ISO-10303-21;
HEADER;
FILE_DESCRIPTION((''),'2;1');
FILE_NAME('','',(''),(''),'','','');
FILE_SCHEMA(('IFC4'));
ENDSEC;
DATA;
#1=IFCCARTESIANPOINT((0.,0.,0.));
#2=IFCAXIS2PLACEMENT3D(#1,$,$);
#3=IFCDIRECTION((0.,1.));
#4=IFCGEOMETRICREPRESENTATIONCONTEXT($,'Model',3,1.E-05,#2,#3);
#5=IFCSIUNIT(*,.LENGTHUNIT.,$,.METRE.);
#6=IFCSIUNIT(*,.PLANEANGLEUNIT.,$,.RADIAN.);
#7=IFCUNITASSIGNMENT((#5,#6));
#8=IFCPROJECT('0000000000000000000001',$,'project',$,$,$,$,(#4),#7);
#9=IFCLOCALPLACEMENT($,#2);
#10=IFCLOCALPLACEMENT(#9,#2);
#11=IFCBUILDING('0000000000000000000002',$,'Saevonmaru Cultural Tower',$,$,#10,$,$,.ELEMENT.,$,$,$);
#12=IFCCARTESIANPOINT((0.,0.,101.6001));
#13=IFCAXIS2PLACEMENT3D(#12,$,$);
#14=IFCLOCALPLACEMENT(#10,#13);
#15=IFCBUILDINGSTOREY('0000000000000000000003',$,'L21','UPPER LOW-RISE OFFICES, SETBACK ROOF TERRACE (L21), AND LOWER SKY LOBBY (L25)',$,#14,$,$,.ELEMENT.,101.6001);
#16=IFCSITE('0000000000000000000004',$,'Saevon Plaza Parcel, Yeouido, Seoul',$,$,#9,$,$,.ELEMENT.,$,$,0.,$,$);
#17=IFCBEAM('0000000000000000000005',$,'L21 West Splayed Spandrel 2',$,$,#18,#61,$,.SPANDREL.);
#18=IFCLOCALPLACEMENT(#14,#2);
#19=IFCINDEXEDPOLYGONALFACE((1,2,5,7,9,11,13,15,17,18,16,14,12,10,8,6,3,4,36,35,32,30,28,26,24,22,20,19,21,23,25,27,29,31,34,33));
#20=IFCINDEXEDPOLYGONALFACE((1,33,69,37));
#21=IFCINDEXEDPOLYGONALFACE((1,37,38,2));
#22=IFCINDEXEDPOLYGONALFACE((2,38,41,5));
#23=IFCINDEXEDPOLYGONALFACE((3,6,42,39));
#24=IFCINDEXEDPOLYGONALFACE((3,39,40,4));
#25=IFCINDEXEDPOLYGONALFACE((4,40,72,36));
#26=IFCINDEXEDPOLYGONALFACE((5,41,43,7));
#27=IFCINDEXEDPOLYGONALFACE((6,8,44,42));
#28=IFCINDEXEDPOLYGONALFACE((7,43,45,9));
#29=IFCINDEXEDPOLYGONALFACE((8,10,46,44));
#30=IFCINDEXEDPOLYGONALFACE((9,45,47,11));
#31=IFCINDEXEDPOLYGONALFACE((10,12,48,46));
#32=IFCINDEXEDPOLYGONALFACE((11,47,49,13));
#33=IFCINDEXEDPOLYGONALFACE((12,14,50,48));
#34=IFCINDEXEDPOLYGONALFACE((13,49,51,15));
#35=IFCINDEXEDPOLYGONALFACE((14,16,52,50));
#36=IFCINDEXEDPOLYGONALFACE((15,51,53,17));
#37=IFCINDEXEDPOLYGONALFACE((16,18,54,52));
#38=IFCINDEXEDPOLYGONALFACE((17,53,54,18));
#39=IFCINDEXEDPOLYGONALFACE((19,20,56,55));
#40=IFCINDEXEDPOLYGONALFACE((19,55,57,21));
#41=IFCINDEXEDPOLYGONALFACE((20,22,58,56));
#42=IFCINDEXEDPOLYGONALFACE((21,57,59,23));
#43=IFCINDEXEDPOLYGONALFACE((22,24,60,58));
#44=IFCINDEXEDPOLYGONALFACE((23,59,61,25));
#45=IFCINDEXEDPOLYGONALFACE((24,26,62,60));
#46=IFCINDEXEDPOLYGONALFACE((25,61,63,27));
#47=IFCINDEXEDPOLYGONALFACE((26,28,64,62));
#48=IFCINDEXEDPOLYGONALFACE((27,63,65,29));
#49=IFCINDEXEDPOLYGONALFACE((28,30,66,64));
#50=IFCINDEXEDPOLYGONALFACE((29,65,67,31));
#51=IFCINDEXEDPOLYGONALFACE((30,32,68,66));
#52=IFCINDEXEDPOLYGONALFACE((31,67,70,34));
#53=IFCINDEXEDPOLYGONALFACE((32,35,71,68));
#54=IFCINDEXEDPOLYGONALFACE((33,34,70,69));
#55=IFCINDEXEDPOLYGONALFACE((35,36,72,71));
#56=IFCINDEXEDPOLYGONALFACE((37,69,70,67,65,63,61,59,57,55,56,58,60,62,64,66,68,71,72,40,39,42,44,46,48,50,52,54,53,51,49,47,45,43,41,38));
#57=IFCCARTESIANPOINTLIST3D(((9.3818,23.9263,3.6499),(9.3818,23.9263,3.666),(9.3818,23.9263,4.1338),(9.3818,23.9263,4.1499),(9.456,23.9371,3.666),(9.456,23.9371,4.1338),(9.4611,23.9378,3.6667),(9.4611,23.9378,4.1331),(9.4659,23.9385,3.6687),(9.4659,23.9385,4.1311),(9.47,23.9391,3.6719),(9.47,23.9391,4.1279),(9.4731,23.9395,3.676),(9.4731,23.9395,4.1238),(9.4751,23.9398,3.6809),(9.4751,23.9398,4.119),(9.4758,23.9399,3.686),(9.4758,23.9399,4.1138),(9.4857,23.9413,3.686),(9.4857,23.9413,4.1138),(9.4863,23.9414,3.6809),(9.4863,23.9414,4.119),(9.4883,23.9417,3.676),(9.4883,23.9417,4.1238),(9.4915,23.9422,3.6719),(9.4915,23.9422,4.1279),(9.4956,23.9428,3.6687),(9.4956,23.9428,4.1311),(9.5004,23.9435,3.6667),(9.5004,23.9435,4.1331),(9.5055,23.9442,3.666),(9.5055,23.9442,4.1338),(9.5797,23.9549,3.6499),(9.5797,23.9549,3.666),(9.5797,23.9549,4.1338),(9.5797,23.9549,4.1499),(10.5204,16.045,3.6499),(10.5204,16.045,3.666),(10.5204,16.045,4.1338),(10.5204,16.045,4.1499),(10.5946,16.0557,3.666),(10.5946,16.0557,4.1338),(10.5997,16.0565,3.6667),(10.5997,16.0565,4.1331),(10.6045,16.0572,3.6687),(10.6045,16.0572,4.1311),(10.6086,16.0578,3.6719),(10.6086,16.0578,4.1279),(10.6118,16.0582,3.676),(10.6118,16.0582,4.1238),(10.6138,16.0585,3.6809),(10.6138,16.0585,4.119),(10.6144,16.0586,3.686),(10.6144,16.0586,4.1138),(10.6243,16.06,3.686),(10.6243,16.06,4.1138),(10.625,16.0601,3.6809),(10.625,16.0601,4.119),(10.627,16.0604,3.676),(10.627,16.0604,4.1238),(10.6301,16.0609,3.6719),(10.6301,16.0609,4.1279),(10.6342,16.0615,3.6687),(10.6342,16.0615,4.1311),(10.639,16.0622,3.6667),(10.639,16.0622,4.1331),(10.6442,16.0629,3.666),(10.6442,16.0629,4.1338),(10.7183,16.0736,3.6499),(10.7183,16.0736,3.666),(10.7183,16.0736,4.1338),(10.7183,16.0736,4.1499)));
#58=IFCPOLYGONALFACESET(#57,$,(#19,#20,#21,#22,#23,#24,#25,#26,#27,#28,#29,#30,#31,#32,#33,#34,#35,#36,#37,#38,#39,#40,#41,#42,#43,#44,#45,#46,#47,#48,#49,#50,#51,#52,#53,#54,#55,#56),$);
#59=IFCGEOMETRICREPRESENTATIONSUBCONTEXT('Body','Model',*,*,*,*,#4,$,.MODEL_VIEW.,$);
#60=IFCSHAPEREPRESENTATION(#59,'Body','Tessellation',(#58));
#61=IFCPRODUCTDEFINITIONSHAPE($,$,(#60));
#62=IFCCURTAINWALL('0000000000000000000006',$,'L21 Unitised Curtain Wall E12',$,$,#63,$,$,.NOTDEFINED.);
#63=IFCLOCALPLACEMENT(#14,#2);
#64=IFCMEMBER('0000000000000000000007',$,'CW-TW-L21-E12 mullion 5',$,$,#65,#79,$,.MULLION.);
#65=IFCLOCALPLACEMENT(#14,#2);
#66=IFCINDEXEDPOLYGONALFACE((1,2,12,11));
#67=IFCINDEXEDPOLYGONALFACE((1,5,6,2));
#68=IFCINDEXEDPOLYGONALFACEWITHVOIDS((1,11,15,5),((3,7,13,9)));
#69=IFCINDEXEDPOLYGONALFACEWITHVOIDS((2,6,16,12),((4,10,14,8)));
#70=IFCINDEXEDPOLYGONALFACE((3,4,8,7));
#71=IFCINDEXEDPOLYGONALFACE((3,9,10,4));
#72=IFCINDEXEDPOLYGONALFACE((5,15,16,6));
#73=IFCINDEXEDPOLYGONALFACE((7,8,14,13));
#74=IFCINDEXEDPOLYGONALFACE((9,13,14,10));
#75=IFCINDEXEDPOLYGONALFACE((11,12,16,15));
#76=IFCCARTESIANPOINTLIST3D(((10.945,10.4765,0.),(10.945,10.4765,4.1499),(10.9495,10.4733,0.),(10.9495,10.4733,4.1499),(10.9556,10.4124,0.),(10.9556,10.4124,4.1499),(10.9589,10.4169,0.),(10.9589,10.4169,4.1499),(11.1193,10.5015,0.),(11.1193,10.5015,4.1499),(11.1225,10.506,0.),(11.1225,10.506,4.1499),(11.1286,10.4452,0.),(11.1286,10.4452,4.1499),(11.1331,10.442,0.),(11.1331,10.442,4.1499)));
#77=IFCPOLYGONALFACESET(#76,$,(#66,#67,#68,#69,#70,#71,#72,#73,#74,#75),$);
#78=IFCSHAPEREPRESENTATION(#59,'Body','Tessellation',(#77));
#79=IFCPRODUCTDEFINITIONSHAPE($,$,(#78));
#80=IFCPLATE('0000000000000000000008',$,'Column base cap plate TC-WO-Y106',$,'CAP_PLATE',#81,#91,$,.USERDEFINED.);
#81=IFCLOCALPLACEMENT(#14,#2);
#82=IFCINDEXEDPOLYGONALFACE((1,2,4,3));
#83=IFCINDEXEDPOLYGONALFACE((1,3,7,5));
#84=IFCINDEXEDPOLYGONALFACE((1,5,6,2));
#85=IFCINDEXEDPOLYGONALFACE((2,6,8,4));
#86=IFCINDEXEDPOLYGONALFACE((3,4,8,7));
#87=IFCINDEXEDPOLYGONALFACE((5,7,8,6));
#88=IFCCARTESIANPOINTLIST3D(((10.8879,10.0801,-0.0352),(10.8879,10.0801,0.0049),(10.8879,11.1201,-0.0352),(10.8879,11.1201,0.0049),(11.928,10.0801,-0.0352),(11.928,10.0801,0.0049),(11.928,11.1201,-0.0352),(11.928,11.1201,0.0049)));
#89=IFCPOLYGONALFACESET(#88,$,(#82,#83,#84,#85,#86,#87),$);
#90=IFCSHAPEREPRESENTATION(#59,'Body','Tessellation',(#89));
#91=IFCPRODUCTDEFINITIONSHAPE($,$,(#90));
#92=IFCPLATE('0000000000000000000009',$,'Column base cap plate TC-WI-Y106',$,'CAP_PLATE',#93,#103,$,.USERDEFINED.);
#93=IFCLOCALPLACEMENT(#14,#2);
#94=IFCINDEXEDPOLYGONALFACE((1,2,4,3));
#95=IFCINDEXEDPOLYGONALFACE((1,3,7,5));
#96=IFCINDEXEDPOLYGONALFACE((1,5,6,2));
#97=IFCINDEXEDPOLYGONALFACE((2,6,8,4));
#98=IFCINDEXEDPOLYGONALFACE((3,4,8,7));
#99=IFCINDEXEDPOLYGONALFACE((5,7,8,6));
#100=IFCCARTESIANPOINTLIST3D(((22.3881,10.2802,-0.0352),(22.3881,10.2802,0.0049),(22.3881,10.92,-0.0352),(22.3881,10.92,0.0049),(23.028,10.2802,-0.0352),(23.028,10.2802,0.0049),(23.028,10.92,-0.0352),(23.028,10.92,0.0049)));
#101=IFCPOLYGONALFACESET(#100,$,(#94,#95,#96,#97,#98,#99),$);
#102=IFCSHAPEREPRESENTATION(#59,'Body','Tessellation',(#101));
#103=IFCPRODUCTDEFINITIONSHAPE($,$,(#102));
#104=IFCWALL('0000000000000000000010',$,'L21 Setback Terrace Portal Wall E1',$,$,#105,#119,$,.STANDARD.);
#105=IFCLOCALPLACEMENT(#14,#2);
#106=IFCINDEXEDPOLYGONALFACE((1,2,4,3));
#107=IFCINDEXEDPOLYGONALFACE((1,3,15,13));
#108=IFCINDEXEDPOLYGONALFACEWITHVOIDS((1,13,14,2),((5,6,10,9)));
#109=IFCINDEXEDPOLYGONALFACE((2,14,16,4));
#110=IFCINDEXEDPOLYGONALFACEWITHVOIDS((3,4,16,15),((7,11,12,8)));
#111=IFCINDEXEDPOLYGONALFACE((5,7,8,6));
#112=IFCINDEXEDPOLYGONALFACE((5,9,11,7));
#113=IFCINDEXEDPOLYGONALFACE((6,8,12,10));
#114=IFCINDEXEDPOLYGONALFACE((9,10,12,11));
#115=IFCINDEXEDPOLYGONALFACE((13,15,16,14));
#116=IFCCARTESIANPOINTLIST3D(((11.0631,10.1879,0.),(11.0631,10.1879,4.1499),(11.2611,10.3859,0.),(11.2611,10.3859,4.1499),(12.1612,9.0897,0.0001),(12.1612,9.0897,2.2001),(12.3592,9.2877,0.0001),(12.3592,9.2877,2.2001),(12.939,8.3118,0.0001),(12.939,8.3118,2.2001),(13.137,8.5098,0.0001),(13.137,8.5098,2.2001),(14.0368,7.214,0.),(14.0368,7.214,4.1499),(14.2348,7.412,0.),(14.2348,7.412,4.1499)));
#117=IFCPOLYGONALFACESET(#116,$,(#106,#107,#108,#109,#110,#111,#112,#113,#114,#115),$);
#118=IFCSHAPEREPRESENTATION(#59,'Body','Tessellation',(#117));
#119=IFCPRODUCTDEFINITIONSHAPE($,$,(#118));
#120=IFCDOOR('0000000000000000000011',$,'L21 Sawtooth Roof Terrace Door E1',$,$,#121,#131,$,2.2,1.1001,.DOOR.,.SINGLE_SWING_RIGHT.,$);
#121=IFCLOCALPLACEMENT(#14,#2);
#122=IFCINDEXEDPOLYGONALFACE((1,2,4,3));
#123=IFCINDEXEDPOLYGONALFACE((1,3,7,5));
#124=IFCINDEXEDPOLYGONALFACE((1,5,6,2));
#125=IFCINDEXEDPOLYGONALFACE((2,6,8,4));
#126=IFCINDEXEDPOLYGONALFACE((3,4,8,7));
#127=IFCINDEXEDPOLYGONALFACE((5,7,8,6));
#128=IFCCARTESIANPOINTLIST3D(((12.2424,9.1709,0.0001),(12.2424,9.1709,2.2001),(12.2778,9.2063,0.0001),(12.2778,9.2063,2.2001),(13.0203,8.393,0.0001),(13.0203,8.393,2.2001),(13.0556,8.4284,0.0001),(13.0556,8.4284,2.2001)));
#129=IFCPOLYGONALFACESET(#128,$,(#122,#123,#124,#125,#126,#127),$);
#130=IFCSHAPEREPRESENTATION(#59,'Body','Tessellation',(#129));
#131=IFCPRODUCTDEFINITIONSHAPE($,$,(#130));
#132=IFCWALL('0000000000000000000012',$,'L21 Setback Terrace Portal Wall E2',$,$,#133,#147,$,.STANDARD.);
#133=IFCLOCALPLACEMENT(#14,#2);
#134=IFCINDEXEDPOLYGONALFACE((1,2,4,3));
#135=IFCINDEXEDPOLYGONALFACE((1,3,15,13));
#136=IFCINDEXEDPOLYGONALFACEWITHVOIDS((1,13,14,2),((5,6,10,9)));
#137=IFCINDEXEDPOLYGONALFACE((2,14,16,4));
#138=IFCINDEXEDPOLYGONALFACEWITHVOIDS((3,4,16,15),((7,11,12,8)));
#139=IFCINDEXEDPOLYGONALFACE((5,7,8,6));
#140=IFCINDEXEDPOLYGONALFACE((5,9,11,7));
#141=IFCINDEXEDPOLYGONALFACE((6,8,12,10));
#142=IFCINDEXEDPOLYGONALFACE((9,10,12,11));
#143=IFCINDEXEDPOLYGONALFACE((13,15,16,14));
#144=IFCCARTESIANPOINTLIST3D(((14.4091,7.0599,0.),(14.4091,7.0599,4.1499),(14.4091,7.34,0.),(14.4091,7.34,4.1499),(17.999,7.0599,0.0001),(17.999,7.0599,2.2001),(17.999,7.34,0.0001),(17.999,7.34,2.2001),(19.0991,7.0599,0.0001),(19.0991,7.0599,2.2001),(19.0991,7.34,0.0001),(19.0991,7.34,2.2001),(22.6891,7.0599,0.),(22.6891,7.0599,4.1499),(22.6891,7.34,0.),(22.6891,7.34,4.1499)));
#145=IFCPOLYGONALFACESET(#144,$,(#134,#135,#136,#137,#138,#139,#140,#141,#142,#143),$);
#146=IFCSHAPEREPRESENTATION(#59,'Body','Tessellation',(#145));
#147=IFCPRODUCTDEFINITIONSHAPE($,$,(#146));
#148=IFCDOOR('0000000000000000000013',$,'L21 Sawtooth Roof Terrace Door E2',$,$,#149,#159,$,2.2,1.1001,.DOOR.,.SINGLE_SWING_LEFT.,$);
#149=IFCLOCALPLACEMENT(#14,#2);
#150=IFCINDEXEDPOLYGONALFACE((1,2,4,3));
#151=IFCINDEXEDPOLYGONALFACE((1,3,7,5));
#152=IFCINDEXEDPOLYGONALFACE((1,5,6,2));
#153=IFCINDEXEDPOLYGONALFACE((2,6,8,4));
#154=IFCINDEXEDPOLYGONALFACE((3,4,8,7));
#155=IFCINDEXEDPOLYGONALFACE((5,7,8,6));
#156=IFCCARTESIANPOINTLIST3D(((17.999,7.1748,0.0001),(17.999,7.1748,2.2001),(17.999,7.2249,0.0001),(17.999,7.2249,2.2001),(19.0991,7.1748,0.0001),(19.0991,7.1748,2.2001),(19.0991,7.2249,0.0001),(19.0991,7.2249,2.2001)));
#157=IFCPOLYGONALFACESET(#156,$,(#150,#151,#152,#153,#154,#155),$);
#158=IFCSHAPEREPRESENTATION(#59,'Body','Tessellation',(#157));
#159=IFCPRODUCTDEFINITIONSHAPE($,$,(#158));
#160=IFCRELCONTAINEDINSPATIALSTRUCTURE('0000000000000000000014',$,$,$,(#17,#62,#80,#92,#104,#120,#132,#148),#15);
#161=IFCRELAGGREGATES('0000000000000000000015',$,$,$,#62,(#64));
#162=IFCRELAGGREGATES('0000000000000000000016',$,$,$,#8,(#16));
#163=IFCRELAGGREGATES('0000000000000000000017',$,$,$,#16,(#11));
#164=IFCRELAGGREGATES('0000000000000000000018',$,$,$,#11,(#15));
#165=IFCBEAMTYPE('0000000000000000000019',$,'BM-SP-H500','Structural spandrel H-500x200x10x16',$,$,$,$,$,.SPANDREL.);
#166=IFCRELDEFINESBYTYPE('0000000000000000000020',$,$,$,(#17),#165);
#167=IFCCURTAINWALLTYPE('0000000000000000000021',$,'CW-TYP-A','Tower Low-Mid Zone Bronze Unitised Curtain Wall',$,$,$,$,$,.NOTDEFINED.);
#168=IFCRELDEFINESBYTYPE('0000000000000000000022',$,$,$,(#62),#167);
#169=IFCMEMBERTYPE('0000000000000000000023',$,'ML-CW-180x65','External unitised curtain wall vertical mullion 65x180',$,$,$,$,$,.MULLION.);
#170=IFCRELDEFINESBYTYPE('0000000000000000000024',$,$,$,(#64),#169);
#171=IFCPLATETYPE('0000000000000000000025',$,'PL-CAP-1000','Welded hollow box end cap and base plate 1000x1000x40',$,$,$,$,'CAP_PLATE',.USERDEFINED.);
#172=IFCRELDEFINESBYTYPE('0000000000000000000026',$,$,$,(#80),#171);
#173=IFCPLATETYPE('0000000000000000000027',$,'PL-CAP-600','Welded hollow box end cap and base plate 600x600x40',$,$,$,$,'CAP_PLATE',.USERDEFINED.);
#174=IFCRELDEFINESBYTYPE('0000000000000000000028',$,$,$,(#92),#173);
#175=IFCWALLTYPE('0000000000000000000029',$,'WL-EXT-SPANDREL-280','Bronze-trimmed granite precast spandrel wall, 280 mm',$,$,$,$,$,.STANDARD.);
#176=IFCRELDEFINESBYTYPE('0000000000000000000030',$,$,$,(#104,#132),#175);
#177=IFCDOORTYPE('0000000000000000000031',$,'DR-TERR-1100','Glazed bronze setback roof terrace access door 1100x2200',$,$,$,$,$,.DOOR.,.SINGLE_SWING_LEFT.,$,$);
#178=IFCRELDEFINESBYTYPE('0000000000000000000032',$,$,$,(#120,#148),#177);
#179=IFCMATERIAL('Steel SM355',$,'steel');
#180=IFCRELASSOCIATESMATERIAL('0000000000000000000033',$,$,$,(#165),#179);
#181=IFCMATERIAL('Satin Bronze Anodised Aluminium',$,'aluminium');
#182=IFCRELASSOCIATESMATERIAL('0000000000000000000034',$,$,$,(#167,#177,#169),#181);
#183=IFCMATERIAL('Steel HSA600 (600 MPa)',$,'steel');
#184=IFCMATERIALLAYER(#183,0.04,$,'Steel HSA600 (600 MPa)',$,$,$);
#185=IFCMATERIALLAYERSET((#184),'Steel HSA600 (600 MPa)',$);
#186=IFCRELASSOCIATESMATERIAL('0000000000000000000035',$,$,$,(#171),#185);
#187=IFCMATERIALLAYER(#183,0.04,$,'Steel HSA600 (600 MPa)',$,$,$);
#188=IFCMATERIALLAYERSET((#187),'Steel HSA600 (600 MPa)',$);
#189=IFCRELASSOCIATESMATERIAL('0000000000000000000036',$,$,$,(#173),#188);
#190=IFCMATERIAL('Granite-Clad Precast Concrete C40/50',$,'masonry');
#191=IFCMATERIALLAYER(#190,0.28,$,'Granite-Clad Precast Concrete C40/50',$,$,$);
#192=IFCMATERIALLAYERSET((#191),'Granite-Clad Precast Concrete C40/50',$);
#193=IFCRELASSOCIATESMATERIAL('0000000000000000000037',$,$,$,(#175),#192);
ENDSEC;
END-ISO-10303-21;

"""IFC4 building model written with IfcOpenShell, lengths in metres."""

from ifc_helpers import new_model, si_unit, direction, frame, frame_2d, origin, origin_2d, place, context, subcontext, project, spatial, rectangle, hollow_rectangle, i_section, extrude, material, layer, layer_set, material_profile, profile_set, type_object, element, fill, aggregate, save


model = new_model("IFC4")

# Units and contexts
model_context = context("Model", 3, precision=1e-05, world=origin(), true_north=direction((0.0, 1.0)))
body_context = subcontext(model_context, "Body", "Model", "MODEL_VIEW")
ifc_project = project(units=[si_unit("LENGTHUNIT", "METRE"), si_unit("PLANEANGLEUNIT", "RADIAN")], contexts=[model_context])

# Site, building, storey
site_placement = place(None, origin())
site = spatial("IfcSite", under=ifc_project, at=site_placement, Name="Saevon Plaza Parcel, Yeouido, Seoul", CompositionType="ELEMENT", RefElevation=0.0)
building_placement = place(site_placement, origin())
building = spatial("IfcBuilding", under=site, at=building_placement, Name="Saevonmaru Cultural Tower", CompositionType="ELEMENT")
storey_placement = place(building_placement, frame((0.0, 0.0, 101.6001)))
storey = spatial("IfcBuildingStorey", under=building, at=storey_placement, Name="L21", Description="UPPER LOW-RISE OFFICES, SETBACK ROOF TERRACE (L21), AND LOWER SKY LOBBY (L25)", CompositionType="ELEMENT", Elevation=101.6001)

# Shared definitions
ifc_material_1 = material(Name="Steel SM355", Category="steel")

# Beam
ifc_material_profile_1 = material_profile(ifc_material_1, i_section(OverallWidth=0.2, OverallDepth=0.5, WebThickness=0.01, FlangeThickness=0.0161, FilletRadius=0.02, at=origin_2d()), Name="H-500x200x10x16")
ifc_profile_set_1 = profile_set([ifc_material_profile_1], Name="Steel SM355")
beam_type_1 = type_object("IfcBeamType", Name="BM-SP-H500", Description="Structural spandrel H-500x200x10x16", PredefinedType="SPANDREL", material=ifc_profile_set_1)
beam_1_placement = place(storey_placement, frame((10.6194, 16.0593, 3.8999), z_axis=(-0.142992, 0.989724, 0.0), x_axis=(-0.989724, -0.142992, 0.0)))
element("IfcBeam", 1, at=beam_1_placement, inside=storey, type_object=beam_type_1, Name="L21 West Splayed Spandrel 2", PredefinedType="SPANDREL", context=body_context, shape_type="SweptSolid", body=[
    extrude(i_section(OverallWidth=0.2, OverallDepth=0.5, WebThickness=0.01, FlangeThickness=0.0161, FilletRadius=0.02, at=origin_2d()), origin(), (0.0, 0.0, 1.0), 7.9631),
])

# Curtain wall, member
ifc_material_2 = material(Name="Satin Bronze Anodised Aluminium", Category="aluminium")
curtain_wall_type = type_object("IfcCurtainWallType", Name="CW-TYP-A", Description="Tower Low-Mid Zone Bronze Unitised Curtain Wall", PredefinedType="NOTDEFINED", material=ifc_material_2)
curtain_wall_placement = place(storey_placement, origin())
curtain_wall = element("IfcCurtainWall", 2, at=curtain_wall_placement, inside=storey, type_object=curtain_wall_type, Name="L21 Unitised Curtain Wall E12", PredefinedType="NOTDEFINED")
ifc_material_profile_2 = material_profile(ifc_material_2, hollow_rectangle(XDim=0.0649, YDim=0.1799, WallThickness=0.0039, at=origin_2d()), Name="ALU-MULL-180x65x4")
ifc_profile_set_2 = profile_set([ifc_material_profile_2], Name="Satin Bronze Anodised Aluminium")
member_type = type_object("IfcMemberType", Name="ML-CW-180x65", Description="External unitised curtain wall vertical mullion 65x180", PredefinedType="MULLION", material=ifc_profile_set_2)
member_placement = place(storey_placement, frame((11.0391, 10.4592, 0.0), z_axis=(0.0, 0.0, 1.0), x_axis=(0.163999, -0.986461, 0.0)))
member = element("IfcMember", 3, at=member_placement, type_object=member_type, Name="CW-TW-L21-E12 mullion 5", PredefinedType="MULLION", context=body_context, shape_type="SweptSolid", body=[
    extrude(hollow_rectangle(XDim=0.0649, YDim=0.1799, WallThickness=0.0039, at=origin_2d()), origin(), (0.0, 0.0, 1.0), 4.1499),
])
aggregate(curtain_wall, [member])

# Plates
ifc_material_3 = material(Name="Steel HSA600 (600 MPa)", Category="steel")
ifc_layer_1 = layer(ifc_material_3, 0.04, Name="Steel HSA600 (600 MPa)")
ifc_layer_set_1 = layer_set([ifc_layer_1], Name="Steel HSA600 (600 MPa)")
plate_type_1 = type_object("IfcPlateType", Name="PL-CAP-1000", Description="Welded hollow box end cap and base plate 1000x1000x40", ElementType="CAP_PLATE", PredefinedType="USERDEFINED", material=ifc_layer_set_1)
plate_1_placement = place(storey_placement, frame((11.408, 10.6001, -0.0352), z_axis=(0.0, 0.0, 1.0), x_axis=(1.0, 0.0, 0.0)))
element("IfcPlate", 4, at=plate_1_placement, inside=storey, type_object=plate_type_1, Name="Column base cap plate TC-WO-Y106", ObjectType="CAP_PLATE", PredefinedType="USERDEFINED", context=body_context, shape_type="SweptSolid", body=[
    extrude(rectangle(XDim=1.04, YDim=1.04, at=origin_2d()), origin(), (0.0, 0.0, 1.0), 0.04),
])
ifc_layer_2 = layer(ifc_material_3, 0.04, Name="Steel HSA600 (600 MPa)")
ifc_layer_set_2 = layer_set([ifc_layer_2], Name="Steel HSA600 (600 MPa)")
plate_type_2 = type_object("IfcPlateType", Name="PL-CAP-600", Description="Welded hollow box end cap and base plate 600x600x40", ElementType="CAP_PLATE", PredefinedType="USERDEFINED", material=ifc_layer_set_2)
plate_2_placement = place(storey_placement, frame((22.708, 10.6001, -0.0352), z_axis=(0.0, 0.0, 1.0), x_axis=(1.0, 0.0, 0.0)))
element("IfcPlate", 5, at=plate_2_placement, inside=storey, type_object=plate_type_2, Name="Column base cap plate TC-WI-Y106", ObjectType="CAP_PLATE", PredefinedType="USERDEFINED", context=body_context, shape_type="SweptSolid", body=[
    extrude(rectangle(XDim=0.6399, YDim=0.6399, at=origin_2d()), origin(), (0.0, 0.0, 1.0), 0.04),
])

# Walls, openings, doors
ifc_material_4 = material(Name="Granite-Clad Precast Concrete C40/50", Category="masonry")
ifc_layer_3 = layer(ifc_material_4, 0.28, Name="Granite-Clad Precast Concrete C40/50")
ifc_layer_set_3 = layer_set([ifc_layer_3], Name="Granite-Clad Precast Concrete C40/50")
wall_type_1 = type_object("IfcWallType", Name="WL-EXT-SPANDREL-280", Description="Bronze-trimmed granite precast spandrel wall, 280 mm", PredefinedType="STANDARD", material=ifc_layer_set_3)
wall_1_placement = place(storey_placement, frame((11.1621, 10.2869, 0.0), z_axis=(0.0, 0.0, 1.0), x_axis=(0.707078, -0.707136, 0.0)))
wall_1 = element("IfcWall", 6, at=wall_1_placement, inside=storey, type_object=wall_type_1, Name="L21 Setback Terrace Portal Wall E1", PredefinedType="STANDARD", context=body_context, shape_type="SweptSolid", body=[
    extrude(rectangle(XDim=4.2056, YDim=0.28, at=frame_2d((2.1028, 0.0))), origin(), (0.0, 0.0, 1.0), 4.1499),
])
opening_1_placement = place(wall_1_placement, frame((1.553, 0.0, 0.0)))
opening_1 = element("IfcOpeningElement", 7, at=opening_1_placement, cuts=wall_1, PredefinedType="OPENING", context=body_context, shape_type="SweptSolid", body=[
    extrude(rectangle(XDim=1.1001, YDim=2.2, at=frame_2d((0.55, 1.1001))), frame((0.0, 0.1499, 0.0), z_axis=(0.0, -1.0, 0.0), x_axis=(1.0, 0.0, 0.0)), (0.0, 0.0, 1.0), 0.3),
])
door_type = type_object("IfcDoorType", Name="DR-TERR-1100", Description="Glazed bronze setback roof terrace access door 1100x2200", OperationType="SINGLE_SWING_LEFT", PredefinedType="DOOR", material=ifc_material_2)
door_1_placement = place(opening_1_placement, origin())
door_1 = element("IfcDoor", 8, at=door_1_placement, inside=storey, type_object=door_type, Name="L21 Sawtooth Roof Terrace Door E1", OperationType="SINGLE_SWING_RIGHT", OverallHeight=2.2, OverallWidth=1.1001, PredefinedType="DOOR", context=body_context, shape_type="SweptSolid", body=[
    extrude(rectangle(XDim=1.1001, YDim=2.2, at=frame_2d((0.55, 1.1001))), frame((0.0, 0.0249, 0.0), z_axis=(0.0, -1.0, 0.0), x_axis=(1.0, 0.0, 0.0)), (0.0, 0.0, 1.0), 0.05),
])
fill(opening_1, door_1)
wall_2_placement = place(storey_placement, frame((14.4089, 7.2, 0.0), z_axis=(0.0, 0.0, 1.0), x_axis=(1.0, 0.0, 0.0)))
wall_2 = element("IfcWall", 9, at=wall_2_placement, inside=storey, type_object=wall_type_1, Name="L21 Setback Terrace Portal Wall E2", PredefinedType="STANDARD", context=body_context, shape_type="SweptSolid", body=[
    extrude(rectangle(XDim=8.28, YDim=0.28, at=frame_2d((4.1401, 0.0))), origin(), (0.0, 0.0, 1.0), 4.1499),
])
opening_2_placement = place(wall_2_placement, frame((3.5901, 0.0, 0.0)))
opening_2 = element("IfcOpeningElement", 10, at=opening_2_placement, cuts=wall_2, PredefinedType="OPENING", context=body_context, shape_type="SweptSolid", body=[
    extrude(rectangle(XDim=1.1001, YDim=2.2, at=frame_2d((0.55, 1.1001))), frame((0.0, 0.1499, 0.0), z_axis=(0.0, -1.0, 0.0), x_axis=(1.0, 0.0, 0.0)), (0.0, 0.0, 1.0), 0.3),
])
door_2_placement = place(opening_2_placement, origin())
door_2 = element("IfcDoor", 11, at=door_2_placement, inside=storey, type_object=door_type, Name="L21 Sawtooth Roof Terrace Door E2", OperationType="SINGLE_SWING_LEFT", OverallHeight=2.2, OverallWidth=1.1001, PredefinedType="DOOR", context=body_context, shape_type="SweptSolid", body=[
    extrude(rectangle(XDim=1.1001, YDim=2.2, at=frame_2d((0.55, 1.1001))), frame((0.0, 0.0249, 0.0), z_axis=(0.0, -1.0, 0.0), x_axis=(1.0, 0.0, 0.0)), (0.0, 0.0, 1.0), 0.05),
])
fill(opening_2, door_2)

save(model, "model.ifc")
